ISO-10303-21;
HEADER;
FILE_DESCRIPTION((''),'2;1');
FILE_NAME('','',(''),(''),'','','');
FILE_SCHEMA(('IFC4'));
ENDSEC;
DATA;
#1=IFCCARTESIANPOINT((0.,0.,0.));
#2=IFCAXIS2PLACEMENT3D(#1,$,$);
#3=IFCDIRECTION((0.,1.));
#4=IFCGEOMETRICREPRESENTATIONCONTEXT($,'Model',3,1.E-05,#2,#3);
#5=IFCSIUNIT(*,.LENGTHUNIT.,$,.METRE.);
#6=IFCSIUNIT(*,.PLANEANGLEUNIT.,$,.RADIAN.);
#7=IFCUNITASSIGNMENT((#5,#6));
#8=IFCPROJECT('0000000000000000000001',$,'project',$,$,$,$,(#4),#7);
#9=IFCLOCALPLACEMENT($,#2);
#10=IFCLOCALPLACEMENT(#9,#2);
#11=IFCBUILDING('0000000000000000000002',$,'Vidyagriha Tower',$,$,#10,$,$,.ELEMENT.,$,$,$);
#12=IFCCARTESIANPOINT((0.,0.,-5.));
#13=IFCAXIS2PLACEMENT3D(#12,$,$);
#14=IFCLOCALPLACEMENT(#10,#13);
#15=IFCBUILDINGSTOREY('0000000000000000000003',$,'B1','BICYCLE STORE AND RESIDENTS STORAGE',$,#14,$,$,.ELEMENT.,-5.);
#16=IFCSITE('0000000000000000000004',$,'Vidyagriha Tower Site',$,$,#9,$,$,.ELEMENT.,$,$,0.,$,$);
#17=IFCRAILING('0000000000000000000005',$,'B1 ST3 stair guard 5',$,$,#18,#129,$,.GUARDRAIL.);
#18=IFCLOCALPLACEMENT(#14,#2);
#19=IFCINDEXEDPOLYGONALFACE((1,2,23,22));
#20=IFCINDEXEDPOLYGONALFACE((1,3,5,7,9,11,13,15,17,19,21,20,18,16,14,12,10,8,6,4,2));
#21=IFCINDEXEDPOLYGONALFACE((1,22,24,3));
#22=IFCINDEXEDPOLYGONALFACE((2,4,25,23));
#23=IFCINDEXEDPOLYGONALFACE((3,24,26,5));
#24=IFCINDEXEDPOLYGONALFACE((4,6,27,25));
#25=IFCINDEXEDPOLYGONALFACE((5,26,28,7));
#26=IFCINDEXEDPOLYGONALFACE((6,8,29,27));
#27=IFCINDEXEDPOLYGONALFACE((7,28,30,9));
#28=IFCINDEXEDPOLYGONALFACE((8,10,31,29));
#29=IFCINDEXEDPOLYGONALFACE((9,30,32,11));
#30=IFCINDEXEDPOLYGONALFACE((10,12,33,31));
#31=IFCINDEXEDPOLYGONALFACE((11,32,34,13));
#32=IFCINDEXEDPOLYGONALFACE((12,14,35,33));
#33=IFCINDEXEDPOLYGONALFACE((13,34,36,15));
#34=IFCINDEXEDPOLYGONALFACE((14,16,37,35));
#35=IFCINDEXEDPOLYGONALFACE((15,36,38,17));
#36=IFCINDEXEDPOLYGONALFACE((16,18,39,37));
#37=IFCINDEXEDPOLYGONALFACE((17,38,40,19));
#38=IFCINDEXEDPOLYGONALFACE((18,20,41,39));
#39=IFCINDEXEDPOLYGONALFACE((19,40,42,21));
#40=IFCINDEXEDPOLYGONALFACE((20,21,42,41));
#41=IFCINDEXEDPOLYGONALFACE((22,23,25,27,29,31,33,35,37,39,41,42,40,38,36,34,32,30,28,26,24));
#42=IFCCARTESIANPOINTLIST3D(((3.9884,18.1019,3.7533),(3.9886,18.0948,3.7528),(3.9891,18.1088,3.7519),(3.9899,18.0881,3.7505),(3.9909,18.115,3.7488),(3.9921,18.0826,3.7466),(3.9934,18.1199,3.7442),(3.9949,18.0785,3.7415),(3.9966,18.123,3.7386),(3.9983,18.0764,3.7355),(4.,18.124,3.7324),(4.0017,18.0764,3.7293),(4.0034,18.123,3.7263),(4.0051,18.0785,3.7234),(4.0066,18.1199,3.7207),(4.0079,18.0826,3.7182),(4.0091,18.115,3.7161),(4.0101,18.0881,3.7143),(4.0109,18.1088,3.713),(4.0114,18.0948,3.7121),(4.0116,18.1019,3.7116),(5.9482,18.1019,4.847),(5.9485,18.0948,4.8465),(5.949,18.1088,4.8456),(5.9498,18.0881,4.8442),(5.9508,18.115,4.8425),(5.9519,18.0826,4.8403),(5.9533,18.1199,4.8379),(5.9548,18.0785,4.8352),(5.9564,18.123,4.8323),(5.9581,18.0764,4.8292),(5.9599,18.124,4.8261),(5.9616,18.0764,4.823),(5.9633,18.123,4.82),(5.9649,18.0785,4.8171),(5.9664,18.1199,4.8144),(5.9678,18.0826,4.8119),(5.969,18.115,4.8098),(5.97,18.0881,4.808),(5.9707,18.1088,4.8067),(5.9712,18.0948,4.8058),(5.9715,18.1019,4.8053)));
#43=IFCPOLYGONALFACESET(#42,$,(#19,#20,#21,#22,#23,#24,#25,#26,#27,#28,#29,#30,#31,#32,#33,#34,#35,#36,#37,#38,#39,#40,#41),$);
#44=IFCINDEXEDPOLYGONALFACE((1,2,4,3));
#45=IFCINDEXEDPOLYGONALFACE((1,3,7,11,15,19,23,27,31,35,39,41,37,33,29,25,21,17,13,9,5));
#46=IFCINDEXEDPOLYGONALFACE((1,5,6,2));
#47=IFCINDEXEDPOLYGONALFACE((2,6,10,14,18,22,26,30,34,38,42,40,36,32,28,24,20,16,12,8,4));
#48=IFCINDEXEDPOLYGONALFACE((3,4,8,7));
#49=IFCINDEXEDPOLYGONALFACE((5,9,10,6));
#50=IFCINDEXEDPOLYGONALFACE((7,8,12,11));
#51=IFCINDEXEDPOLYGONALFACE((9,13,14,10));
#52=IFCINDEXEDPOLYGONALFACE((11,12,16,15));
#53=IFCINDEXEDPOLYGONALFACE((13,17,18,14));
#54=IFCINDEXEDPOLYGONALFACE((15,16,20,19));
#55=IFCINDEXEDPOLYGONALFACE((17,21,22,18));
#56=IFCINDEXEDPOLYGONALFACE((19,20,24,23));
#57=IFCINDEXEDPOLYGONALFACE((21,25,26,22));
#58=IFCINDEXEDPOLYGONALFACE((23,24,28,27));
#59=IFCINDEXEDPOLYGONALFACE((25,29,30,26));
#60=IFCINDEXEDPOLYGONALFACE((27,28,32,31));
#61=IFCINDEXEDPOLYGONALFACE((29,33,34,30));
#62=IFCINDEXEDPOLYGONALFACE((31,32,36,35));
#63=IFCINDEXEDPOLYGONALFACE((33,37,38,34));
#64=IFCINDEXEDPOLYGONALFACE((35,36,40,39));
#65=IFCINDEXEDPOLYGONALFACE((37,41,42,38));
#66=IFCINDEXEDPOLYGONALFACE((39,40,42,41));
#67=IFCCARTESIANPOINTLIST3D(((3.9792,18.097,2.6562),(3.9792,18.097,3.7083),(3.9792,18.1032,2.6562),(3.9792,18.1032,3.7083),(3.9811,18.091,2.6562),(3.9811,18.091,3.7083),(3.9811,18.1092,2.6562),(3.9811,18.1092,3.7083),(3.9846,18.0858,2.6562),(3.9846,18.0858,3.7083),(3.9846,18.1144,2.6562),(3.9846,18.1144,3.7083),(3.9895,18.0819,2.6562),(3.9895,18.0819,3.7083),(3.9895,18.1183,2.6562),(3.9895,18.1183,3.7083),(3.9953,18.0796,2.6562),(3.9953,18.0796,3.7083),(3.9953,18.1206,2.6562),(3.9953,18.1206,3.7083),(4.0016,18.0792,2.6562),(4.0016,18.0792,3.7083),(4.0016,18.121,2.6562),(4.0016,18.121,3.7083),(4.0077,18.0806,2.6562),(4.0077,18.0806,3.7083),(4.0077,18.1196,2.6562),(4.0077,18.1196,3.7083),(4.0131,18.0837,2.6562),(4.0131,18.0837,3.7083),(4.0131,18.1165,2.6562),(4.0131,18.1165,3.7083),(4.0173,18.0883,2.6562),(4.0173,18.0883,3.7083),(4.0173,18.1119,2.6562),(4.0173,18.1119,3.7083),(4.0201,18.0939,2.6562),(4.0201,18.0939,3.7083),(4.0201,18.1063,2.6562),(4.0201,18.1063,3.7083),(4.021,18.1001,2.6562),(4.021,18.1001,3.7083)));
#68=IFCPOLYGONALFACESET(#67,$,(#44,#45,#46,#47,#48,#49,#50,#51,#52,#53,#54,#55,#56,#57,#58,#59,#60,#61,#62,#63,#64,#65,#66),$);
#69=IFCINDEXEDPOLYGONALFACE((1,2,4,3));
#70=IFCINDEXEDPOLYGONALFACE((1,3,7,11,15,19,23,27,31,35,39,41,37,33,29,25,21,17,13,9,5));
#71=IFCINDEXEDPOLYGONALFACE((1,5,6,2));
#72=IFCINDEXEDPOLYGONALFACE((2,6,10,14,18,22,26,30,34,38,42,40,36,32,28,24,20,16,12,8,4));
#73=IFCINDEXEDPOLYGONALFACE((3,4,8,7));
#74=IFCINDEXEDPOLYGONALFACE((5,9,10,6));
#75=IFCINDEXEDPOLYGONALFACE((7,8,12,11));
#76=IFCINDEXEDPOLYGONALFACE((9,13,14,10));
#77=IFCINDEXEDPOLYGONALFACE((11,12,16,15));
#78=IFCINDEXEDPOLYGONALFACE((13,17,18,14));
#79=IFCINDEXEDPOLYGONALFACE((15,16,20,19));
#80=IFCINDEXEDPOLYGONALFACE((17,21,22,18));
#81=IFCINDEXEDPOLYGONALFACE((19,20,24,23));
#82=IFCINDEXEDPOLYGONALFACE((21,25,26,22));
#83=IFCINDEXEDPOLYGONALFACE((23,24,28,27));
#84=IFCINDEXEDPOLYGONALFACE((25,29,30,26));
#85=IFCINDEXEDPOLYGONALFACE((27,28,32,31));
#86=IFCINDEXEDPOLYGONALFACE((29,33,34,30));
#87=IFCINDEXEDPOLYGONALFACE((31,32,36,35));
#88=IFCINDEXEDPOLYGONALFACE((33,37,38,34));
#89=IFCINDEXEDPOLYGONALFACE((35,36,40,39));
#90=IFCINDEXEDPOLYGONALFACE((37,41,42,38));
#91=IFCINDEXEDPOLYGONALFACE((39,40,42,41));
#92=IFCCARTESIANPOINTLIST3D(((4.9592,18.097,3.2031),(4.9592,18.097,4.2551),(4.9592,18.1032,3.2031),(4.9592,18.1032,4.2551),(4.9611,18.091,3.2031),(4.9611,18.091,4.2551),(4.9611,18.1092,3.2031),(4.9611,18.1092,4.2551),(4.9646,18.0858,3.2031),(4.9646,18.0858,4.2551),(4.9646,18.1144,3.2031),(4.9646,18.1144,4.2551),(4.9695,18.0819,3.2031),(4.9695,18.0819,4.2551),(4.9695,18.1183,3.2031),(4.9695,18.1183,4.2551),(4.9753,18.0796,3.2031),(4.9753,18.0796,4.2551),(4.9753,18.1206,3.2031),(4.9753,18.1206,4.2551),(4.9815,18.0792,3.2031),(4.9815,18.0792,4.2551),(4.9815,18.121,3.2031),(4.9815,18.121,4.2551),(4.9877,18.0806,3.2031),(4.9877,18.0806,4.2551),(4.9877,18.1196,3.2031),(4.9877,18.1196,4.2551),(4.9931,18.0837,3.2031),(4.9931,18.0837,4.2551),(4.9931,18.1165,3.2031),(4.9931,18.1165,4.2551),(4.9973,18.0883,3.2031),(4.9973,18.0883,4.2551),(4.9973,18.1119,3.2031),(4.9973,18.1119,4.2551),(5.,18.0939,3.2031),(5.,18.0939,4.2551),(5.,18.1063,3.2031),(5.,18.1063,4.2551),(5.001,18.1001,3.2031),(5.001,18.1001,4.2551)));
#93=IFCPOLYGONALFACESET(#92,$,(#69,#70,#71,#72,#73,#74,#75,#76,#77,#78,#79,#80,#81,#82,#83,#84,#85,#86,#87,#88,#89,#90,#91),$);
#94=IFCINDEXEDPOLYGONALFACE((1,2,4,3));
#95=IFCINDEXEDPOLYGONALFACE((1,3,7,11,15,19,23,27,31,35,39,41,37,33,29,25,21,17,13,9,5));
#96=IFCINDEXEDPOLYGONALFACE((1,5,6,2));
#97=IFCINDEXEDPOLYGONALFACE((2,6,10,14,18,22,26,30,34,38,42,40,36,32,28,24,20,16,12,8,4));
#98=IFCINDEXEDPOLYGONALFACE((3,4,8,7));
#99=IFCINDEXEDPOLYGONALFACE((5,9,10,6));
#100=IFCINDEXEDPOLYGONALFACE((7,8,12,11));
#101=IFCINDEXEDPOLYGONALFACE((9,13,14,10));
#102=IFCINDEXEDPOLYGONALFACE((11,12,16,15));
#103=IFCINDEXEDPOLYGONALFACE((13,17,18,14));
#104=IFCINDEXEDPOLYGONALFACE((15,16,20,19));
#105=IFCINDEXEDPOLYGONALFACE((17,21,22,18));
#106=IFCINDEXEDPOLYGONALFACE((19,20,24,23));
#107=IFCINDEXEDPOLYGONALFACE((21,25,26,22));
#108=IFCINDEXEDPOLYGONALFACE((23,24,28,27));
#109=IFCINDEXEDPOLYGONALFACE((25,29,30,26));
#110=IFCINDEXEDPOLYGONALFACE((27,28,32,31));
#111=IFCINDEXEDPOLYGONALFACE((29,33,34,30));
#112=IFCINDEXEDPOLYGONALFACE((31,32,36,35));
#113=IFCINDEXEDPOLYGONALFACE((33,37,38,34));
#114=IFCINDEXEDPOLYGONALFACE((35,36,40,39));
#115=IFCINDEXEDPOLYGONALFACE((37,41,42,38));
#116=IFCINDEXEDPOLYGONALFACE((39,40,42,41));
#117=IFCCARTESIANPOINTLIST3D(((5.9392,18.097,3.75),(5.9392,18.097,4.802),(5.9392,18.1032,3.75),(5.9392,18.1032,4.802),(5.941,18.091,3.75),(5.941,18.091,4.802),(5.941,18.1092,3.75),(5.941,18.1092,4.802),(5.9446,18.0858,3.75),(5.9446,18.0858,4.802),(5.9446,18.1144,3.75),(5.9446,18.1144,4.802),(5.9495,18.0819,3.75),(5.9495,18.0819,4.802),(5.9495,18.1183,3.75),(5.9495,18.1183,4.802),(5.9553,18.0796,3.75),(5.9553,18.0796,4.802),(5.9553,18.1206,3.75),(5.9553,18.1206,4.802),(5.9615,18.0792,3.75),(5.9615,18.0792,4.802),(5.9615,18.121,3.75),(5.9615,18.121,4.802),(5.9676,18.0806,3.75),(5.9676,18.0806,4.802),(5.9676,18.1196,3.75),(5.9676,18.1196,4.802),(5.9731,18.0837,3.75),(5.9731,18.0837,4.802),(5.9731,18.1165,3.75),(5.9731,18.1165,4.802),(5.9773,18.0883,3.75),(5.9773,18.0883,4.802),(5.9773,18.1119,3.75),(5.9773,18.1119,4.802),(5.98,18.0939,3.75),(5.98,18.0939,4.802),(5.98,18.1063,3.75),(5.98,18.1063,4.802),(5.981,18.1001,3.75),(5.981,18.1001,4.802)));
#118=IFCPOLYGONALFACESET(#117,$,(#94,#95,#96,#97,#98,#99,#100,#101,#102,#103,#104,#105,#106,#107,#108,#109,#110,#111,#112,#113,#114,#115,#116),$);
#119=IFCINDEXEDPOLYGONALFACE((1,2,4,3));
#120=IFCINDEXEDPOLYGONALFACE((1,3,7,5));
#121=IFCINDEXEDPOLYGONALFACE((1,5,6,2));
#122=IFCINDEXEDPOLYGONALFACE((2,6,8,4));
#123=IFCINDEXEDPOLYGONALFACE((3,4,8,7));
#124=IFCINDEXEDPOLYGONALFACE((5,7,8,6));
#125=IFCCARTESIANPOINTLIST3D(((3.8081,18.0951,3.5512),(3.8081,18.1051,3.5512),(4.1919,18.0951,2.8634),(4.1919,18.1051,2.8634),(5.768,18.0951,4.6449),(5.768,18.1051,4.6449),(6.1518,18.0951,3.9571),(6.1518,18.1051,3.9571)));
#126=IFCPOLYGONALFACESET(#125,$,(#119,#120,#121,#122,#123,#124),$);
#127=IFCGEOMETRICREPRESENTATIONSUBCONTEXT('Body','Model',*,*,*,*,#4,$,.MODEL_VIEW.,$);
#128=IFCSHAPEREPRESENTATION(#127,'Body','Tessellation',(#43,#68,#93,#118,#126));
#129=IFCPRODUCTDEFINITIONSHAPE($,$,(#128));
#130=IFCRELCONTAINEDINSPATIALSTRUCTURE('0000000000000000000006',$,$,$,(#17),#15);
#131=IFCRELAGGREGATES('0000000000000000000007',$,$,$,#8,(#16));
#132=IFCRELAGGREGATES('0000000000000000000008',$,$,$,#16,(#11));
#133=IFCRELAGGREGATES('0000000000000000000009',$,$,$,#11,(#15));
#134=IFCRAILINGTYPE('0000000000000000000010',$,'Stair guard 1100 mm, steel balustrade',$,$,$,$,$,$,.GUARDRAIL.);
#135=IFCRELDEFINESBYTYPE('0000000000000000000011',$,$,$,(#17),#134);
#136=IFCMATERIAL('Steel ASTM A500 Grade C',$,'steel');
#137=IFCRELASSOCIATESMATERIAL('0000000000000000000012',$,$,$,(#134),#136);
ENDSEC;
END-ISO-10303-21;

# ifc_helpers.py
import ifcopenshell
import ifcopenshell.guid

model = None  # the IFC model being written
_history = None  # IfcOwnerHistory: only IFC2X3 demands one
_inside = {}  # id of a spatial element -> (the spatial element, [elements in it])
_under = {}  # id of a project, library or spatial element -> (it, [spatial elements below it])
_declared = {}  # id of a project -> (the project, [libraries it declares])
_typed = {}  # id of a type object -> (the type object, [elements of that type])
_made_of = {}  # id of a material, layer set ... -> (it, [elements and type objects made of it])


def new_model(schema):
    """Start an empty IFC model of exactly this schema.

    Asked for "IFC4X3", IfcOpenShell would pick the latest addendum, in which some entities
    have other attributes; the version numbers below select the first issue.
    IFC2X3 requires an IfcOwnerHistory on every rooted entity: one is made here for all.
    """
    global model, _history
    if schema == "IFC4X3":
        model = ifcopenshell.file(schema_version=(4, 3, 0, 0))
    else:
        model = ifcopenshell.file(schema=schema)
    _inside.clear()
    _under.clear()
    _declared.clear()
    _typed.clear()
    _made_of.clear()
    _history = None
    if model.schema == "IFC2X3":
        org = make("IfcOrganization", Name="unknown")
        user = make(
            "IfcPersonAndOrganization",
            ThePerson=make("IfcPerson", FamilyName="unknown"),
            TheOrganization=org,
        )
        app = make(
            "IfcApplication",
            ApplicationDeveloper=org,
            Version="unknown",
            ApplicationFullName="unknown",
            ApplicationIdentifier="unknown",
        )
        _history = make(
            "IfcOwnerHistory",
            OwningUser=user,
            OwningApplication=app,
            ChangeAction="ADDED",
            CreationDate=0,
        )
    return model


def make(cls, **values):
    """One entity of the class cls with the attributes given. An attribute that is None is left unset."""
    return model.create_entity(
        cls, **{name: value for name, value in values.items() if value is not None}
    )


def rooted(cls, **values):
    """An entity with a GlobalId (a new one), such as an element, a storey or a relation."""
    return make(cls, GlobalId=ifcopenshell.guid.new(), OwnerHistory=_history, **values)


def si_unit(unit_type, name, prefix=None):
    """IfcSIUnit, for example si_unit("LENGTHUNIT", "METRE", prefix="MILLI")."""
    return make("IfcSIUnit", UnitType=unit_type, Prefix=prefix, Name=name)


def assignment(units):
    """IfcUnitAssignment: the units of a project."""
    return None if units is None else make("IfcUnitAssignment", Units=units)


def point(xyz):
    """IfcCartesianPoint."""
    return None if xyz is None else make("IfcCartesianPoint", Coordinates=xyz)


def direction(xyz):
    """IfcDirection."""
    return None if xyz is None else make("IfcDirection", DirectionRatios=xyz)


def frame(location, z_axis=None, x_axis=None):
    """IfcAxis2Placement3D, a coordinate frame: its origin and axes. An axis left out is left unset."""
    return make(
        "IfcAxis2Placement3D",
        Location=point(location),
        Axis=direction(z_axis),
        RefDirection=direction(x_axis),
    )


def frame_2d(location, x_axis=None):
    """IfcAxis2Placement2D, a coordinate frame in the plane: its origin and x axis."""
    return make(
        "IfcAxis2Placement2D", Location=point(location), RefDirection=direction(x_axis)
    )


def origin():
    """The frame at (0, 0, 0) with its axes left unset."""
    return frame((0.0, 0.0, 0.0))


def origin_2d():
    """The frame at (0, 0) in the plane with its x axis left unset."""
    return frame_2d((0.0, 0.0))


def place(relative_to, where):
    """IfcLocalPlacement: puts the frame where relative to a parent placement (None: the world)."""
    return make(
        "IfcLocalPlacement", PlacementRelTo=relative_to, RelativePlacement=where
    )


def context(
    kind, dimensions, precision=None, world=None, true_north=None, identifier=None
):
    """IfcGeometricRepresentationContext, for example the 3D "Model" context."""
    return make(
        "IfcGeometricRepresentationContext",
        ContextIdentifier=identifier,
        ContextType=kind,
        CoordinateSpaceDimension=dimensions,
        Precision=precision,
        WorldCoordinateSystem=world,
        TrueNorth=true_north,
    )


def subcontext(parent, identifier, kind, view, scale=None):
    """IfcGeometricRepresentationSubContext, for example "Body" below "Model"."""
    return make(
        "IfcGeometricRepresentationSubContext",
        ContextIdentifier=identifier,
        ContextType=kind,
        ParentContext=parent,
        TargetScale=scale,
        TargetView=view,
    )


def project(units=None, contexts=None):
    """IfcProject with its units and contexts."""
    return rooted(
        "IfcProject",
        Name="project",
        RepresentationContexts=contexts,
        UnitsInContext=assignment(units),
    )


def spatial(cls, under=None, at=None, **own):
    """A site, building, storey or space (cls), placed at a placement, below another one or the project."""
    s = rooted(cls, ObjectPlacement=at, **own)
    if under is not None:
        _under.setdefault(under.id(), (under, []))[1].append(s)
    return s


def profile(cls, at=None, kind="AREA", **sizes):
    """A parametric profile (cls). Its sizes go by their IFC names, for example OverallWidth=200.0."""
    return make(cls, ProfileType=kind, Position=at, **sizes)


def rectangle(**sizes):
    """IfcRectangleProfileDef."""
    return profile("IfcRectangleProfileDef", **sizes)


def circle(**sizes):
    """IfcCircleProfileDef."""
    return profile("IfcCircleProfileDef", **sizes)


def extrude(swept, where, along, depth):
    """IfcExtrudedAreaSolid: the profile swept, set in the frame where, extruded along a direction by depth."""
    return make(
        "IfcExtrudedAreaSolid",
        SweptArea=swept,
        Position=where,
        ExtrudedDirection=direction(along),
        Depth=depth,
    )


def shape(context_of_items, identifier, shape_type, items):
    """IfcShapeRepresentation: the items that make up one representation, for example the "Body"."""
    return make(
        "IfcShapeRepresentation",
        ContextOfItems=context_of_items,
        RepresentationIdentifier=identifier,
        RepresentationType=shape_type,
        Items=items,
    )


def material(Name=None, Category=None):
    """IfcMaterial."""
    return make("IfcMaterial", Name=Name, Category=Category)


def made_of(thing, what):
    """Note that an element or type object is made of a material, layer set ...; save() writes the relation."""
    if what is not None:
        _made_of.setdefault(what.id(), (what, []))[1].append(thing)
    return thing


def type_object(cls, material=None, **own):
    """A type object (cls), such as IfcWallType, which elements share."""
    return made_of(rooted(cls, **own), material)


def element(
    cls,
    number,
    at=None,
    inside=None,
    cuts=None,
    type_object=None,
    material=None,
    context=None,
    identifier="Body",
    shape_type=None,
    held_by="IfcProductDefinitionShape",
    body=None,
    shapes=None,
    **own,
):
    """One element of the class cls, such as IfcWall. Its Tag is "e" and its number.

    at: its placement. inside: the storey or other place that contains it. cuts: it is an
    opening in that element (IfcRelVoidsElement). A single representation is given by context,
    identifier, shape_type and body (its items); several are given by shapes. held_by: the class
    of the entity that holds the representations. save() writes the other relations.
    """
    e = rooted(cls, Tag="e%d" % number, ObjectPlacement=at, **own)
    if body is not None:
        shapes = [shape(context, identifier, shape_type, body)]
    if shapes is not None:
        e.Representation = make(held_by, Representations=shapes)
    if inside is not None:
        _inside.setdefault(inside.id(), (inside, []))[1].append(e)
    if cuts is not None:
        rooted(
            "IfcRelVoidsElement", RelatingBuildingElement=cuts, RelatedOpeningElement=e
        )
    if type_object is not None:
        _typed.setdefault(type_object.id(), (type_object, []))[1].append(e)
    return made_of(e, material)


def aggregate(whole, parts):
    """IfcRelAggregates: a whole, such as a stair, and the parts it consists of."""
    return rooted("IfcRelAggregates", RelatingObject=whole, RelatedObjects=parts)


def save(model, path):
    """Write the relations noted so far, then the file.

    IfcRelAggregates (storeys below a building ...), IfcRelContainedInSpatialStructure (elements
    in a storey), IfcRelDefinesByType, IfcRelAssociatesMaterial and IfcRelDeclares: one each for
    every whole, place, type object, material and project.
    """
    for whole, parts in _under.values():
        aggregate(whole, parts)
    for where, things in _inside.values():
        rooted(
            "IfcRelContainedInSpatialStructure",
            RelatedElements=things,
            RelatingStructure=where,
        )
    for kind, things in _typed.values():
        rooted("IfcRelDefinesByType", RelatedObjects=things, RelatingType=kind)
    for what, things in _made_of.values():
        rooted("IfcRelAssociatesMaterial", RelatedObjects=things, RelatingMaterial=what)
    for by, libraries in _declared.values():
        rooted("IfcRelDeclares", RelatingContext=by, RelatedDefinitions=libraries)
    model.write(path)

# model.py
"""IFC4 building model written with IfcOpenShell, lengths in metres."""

from ifc_helpers import new_model, si_unit, direction, frame, origin, origin_2d, place, context, subcontext, project, spatial, rectangle, circle, extrude, material, type_object, element, save


model = new_model("IFC4")

# Units and contexts
model_context = context("Model", 3, precision=1e-05, world=origin(), true_north=direction((0.0, 1.0)))
body_context = subcontext(model_context, "Body", "Model", "MODEL_VIEW")
ifc_project = project(units=[si_unit("LENGTHUNIT", "METRE"), si_unit("PLANEANGLEUNIT", "RADIAN")], contexts=[model_context])

# Site, building, storey
site_placement = place(None, origin())
site = spatial("IfcSite", under=ifc_project, at=site_placement, Name="Vidyagriha Tower Site", CompositionType="ELEMENT", RefElevation=0.0)
building_placement = place(site_placement, origin())
building = spatial("IfcBuilding", under=site, at=building_placement, Name="Vidyagriha Tower", CompositionType="ELEMENT")
storey_placement = place(building_placement, frame((0.0, 0.0, -5.0)))
storey = spatial("IfcBuildingStorey", under=building, at=storey_placement, Name="B1", Description="BICYCLE STORE AND RESIDENTS STORAGE", CompositionType="ELEMENT", Elevation=-5.0)

# Railing
ifc_material_1 = material(Name="Steel ASTM A500 Grade C", Category="steel")
railing_type_1 = type_object("IfcRailingType", Name="Stair guard 1100 mm, steel balustrade", PredefinedType="GUARDRAIL", material=ifc_material_1)
railing_1_placement = place(storey_placement, frame((4.0, 18.1001, 2.6562)))
element("IfcRailing", 1, at=railing_1_placement, inside=storey, type_object=railing_type_1, Name="B1 ST3 stair guard 5", PredefinedType="GUARDRAIL", context=body_context, shape_type="SweptSolid", body=[
    extrude(circle(Radius=0.0239, at=origin_2d()), frame((0.0, 0.0, 1.0762), z_axis=(0.873232, 0.0, 0.487304), x_axis=(0.0, 1.0, 0.0)), (0.0, 0.0, 1.0), 2.2444),
    extrude(circle(Radius=0.021, at=origin_2d()), origin(), (0.0, 0.0, 1.0), 1.052),
    extrude(circle(Radius=0.021, at=origin_2d()), frame((0.98, 0.0, 0.5469)), (0.0, 0.0, 1.0), 1.052),
    extrude(circle(Radius=0.021, at=origin_2d()), frame((1.96, 0.0, 1.0938)), (0.0, 0.0, 1.0), 1.052),
    extrude(rectangle(XDim=0.01, YDim=0.7876, at=origin_2d()), frame((0.0, 0.0, 0.551), z_axis=(0.873232, 0.0, 0.487304), x_axis=(0.0, 1.0, 0.0)), (0.0, 0.0, 1.0), 2.2444),
])

save(model, "model.ifc")
